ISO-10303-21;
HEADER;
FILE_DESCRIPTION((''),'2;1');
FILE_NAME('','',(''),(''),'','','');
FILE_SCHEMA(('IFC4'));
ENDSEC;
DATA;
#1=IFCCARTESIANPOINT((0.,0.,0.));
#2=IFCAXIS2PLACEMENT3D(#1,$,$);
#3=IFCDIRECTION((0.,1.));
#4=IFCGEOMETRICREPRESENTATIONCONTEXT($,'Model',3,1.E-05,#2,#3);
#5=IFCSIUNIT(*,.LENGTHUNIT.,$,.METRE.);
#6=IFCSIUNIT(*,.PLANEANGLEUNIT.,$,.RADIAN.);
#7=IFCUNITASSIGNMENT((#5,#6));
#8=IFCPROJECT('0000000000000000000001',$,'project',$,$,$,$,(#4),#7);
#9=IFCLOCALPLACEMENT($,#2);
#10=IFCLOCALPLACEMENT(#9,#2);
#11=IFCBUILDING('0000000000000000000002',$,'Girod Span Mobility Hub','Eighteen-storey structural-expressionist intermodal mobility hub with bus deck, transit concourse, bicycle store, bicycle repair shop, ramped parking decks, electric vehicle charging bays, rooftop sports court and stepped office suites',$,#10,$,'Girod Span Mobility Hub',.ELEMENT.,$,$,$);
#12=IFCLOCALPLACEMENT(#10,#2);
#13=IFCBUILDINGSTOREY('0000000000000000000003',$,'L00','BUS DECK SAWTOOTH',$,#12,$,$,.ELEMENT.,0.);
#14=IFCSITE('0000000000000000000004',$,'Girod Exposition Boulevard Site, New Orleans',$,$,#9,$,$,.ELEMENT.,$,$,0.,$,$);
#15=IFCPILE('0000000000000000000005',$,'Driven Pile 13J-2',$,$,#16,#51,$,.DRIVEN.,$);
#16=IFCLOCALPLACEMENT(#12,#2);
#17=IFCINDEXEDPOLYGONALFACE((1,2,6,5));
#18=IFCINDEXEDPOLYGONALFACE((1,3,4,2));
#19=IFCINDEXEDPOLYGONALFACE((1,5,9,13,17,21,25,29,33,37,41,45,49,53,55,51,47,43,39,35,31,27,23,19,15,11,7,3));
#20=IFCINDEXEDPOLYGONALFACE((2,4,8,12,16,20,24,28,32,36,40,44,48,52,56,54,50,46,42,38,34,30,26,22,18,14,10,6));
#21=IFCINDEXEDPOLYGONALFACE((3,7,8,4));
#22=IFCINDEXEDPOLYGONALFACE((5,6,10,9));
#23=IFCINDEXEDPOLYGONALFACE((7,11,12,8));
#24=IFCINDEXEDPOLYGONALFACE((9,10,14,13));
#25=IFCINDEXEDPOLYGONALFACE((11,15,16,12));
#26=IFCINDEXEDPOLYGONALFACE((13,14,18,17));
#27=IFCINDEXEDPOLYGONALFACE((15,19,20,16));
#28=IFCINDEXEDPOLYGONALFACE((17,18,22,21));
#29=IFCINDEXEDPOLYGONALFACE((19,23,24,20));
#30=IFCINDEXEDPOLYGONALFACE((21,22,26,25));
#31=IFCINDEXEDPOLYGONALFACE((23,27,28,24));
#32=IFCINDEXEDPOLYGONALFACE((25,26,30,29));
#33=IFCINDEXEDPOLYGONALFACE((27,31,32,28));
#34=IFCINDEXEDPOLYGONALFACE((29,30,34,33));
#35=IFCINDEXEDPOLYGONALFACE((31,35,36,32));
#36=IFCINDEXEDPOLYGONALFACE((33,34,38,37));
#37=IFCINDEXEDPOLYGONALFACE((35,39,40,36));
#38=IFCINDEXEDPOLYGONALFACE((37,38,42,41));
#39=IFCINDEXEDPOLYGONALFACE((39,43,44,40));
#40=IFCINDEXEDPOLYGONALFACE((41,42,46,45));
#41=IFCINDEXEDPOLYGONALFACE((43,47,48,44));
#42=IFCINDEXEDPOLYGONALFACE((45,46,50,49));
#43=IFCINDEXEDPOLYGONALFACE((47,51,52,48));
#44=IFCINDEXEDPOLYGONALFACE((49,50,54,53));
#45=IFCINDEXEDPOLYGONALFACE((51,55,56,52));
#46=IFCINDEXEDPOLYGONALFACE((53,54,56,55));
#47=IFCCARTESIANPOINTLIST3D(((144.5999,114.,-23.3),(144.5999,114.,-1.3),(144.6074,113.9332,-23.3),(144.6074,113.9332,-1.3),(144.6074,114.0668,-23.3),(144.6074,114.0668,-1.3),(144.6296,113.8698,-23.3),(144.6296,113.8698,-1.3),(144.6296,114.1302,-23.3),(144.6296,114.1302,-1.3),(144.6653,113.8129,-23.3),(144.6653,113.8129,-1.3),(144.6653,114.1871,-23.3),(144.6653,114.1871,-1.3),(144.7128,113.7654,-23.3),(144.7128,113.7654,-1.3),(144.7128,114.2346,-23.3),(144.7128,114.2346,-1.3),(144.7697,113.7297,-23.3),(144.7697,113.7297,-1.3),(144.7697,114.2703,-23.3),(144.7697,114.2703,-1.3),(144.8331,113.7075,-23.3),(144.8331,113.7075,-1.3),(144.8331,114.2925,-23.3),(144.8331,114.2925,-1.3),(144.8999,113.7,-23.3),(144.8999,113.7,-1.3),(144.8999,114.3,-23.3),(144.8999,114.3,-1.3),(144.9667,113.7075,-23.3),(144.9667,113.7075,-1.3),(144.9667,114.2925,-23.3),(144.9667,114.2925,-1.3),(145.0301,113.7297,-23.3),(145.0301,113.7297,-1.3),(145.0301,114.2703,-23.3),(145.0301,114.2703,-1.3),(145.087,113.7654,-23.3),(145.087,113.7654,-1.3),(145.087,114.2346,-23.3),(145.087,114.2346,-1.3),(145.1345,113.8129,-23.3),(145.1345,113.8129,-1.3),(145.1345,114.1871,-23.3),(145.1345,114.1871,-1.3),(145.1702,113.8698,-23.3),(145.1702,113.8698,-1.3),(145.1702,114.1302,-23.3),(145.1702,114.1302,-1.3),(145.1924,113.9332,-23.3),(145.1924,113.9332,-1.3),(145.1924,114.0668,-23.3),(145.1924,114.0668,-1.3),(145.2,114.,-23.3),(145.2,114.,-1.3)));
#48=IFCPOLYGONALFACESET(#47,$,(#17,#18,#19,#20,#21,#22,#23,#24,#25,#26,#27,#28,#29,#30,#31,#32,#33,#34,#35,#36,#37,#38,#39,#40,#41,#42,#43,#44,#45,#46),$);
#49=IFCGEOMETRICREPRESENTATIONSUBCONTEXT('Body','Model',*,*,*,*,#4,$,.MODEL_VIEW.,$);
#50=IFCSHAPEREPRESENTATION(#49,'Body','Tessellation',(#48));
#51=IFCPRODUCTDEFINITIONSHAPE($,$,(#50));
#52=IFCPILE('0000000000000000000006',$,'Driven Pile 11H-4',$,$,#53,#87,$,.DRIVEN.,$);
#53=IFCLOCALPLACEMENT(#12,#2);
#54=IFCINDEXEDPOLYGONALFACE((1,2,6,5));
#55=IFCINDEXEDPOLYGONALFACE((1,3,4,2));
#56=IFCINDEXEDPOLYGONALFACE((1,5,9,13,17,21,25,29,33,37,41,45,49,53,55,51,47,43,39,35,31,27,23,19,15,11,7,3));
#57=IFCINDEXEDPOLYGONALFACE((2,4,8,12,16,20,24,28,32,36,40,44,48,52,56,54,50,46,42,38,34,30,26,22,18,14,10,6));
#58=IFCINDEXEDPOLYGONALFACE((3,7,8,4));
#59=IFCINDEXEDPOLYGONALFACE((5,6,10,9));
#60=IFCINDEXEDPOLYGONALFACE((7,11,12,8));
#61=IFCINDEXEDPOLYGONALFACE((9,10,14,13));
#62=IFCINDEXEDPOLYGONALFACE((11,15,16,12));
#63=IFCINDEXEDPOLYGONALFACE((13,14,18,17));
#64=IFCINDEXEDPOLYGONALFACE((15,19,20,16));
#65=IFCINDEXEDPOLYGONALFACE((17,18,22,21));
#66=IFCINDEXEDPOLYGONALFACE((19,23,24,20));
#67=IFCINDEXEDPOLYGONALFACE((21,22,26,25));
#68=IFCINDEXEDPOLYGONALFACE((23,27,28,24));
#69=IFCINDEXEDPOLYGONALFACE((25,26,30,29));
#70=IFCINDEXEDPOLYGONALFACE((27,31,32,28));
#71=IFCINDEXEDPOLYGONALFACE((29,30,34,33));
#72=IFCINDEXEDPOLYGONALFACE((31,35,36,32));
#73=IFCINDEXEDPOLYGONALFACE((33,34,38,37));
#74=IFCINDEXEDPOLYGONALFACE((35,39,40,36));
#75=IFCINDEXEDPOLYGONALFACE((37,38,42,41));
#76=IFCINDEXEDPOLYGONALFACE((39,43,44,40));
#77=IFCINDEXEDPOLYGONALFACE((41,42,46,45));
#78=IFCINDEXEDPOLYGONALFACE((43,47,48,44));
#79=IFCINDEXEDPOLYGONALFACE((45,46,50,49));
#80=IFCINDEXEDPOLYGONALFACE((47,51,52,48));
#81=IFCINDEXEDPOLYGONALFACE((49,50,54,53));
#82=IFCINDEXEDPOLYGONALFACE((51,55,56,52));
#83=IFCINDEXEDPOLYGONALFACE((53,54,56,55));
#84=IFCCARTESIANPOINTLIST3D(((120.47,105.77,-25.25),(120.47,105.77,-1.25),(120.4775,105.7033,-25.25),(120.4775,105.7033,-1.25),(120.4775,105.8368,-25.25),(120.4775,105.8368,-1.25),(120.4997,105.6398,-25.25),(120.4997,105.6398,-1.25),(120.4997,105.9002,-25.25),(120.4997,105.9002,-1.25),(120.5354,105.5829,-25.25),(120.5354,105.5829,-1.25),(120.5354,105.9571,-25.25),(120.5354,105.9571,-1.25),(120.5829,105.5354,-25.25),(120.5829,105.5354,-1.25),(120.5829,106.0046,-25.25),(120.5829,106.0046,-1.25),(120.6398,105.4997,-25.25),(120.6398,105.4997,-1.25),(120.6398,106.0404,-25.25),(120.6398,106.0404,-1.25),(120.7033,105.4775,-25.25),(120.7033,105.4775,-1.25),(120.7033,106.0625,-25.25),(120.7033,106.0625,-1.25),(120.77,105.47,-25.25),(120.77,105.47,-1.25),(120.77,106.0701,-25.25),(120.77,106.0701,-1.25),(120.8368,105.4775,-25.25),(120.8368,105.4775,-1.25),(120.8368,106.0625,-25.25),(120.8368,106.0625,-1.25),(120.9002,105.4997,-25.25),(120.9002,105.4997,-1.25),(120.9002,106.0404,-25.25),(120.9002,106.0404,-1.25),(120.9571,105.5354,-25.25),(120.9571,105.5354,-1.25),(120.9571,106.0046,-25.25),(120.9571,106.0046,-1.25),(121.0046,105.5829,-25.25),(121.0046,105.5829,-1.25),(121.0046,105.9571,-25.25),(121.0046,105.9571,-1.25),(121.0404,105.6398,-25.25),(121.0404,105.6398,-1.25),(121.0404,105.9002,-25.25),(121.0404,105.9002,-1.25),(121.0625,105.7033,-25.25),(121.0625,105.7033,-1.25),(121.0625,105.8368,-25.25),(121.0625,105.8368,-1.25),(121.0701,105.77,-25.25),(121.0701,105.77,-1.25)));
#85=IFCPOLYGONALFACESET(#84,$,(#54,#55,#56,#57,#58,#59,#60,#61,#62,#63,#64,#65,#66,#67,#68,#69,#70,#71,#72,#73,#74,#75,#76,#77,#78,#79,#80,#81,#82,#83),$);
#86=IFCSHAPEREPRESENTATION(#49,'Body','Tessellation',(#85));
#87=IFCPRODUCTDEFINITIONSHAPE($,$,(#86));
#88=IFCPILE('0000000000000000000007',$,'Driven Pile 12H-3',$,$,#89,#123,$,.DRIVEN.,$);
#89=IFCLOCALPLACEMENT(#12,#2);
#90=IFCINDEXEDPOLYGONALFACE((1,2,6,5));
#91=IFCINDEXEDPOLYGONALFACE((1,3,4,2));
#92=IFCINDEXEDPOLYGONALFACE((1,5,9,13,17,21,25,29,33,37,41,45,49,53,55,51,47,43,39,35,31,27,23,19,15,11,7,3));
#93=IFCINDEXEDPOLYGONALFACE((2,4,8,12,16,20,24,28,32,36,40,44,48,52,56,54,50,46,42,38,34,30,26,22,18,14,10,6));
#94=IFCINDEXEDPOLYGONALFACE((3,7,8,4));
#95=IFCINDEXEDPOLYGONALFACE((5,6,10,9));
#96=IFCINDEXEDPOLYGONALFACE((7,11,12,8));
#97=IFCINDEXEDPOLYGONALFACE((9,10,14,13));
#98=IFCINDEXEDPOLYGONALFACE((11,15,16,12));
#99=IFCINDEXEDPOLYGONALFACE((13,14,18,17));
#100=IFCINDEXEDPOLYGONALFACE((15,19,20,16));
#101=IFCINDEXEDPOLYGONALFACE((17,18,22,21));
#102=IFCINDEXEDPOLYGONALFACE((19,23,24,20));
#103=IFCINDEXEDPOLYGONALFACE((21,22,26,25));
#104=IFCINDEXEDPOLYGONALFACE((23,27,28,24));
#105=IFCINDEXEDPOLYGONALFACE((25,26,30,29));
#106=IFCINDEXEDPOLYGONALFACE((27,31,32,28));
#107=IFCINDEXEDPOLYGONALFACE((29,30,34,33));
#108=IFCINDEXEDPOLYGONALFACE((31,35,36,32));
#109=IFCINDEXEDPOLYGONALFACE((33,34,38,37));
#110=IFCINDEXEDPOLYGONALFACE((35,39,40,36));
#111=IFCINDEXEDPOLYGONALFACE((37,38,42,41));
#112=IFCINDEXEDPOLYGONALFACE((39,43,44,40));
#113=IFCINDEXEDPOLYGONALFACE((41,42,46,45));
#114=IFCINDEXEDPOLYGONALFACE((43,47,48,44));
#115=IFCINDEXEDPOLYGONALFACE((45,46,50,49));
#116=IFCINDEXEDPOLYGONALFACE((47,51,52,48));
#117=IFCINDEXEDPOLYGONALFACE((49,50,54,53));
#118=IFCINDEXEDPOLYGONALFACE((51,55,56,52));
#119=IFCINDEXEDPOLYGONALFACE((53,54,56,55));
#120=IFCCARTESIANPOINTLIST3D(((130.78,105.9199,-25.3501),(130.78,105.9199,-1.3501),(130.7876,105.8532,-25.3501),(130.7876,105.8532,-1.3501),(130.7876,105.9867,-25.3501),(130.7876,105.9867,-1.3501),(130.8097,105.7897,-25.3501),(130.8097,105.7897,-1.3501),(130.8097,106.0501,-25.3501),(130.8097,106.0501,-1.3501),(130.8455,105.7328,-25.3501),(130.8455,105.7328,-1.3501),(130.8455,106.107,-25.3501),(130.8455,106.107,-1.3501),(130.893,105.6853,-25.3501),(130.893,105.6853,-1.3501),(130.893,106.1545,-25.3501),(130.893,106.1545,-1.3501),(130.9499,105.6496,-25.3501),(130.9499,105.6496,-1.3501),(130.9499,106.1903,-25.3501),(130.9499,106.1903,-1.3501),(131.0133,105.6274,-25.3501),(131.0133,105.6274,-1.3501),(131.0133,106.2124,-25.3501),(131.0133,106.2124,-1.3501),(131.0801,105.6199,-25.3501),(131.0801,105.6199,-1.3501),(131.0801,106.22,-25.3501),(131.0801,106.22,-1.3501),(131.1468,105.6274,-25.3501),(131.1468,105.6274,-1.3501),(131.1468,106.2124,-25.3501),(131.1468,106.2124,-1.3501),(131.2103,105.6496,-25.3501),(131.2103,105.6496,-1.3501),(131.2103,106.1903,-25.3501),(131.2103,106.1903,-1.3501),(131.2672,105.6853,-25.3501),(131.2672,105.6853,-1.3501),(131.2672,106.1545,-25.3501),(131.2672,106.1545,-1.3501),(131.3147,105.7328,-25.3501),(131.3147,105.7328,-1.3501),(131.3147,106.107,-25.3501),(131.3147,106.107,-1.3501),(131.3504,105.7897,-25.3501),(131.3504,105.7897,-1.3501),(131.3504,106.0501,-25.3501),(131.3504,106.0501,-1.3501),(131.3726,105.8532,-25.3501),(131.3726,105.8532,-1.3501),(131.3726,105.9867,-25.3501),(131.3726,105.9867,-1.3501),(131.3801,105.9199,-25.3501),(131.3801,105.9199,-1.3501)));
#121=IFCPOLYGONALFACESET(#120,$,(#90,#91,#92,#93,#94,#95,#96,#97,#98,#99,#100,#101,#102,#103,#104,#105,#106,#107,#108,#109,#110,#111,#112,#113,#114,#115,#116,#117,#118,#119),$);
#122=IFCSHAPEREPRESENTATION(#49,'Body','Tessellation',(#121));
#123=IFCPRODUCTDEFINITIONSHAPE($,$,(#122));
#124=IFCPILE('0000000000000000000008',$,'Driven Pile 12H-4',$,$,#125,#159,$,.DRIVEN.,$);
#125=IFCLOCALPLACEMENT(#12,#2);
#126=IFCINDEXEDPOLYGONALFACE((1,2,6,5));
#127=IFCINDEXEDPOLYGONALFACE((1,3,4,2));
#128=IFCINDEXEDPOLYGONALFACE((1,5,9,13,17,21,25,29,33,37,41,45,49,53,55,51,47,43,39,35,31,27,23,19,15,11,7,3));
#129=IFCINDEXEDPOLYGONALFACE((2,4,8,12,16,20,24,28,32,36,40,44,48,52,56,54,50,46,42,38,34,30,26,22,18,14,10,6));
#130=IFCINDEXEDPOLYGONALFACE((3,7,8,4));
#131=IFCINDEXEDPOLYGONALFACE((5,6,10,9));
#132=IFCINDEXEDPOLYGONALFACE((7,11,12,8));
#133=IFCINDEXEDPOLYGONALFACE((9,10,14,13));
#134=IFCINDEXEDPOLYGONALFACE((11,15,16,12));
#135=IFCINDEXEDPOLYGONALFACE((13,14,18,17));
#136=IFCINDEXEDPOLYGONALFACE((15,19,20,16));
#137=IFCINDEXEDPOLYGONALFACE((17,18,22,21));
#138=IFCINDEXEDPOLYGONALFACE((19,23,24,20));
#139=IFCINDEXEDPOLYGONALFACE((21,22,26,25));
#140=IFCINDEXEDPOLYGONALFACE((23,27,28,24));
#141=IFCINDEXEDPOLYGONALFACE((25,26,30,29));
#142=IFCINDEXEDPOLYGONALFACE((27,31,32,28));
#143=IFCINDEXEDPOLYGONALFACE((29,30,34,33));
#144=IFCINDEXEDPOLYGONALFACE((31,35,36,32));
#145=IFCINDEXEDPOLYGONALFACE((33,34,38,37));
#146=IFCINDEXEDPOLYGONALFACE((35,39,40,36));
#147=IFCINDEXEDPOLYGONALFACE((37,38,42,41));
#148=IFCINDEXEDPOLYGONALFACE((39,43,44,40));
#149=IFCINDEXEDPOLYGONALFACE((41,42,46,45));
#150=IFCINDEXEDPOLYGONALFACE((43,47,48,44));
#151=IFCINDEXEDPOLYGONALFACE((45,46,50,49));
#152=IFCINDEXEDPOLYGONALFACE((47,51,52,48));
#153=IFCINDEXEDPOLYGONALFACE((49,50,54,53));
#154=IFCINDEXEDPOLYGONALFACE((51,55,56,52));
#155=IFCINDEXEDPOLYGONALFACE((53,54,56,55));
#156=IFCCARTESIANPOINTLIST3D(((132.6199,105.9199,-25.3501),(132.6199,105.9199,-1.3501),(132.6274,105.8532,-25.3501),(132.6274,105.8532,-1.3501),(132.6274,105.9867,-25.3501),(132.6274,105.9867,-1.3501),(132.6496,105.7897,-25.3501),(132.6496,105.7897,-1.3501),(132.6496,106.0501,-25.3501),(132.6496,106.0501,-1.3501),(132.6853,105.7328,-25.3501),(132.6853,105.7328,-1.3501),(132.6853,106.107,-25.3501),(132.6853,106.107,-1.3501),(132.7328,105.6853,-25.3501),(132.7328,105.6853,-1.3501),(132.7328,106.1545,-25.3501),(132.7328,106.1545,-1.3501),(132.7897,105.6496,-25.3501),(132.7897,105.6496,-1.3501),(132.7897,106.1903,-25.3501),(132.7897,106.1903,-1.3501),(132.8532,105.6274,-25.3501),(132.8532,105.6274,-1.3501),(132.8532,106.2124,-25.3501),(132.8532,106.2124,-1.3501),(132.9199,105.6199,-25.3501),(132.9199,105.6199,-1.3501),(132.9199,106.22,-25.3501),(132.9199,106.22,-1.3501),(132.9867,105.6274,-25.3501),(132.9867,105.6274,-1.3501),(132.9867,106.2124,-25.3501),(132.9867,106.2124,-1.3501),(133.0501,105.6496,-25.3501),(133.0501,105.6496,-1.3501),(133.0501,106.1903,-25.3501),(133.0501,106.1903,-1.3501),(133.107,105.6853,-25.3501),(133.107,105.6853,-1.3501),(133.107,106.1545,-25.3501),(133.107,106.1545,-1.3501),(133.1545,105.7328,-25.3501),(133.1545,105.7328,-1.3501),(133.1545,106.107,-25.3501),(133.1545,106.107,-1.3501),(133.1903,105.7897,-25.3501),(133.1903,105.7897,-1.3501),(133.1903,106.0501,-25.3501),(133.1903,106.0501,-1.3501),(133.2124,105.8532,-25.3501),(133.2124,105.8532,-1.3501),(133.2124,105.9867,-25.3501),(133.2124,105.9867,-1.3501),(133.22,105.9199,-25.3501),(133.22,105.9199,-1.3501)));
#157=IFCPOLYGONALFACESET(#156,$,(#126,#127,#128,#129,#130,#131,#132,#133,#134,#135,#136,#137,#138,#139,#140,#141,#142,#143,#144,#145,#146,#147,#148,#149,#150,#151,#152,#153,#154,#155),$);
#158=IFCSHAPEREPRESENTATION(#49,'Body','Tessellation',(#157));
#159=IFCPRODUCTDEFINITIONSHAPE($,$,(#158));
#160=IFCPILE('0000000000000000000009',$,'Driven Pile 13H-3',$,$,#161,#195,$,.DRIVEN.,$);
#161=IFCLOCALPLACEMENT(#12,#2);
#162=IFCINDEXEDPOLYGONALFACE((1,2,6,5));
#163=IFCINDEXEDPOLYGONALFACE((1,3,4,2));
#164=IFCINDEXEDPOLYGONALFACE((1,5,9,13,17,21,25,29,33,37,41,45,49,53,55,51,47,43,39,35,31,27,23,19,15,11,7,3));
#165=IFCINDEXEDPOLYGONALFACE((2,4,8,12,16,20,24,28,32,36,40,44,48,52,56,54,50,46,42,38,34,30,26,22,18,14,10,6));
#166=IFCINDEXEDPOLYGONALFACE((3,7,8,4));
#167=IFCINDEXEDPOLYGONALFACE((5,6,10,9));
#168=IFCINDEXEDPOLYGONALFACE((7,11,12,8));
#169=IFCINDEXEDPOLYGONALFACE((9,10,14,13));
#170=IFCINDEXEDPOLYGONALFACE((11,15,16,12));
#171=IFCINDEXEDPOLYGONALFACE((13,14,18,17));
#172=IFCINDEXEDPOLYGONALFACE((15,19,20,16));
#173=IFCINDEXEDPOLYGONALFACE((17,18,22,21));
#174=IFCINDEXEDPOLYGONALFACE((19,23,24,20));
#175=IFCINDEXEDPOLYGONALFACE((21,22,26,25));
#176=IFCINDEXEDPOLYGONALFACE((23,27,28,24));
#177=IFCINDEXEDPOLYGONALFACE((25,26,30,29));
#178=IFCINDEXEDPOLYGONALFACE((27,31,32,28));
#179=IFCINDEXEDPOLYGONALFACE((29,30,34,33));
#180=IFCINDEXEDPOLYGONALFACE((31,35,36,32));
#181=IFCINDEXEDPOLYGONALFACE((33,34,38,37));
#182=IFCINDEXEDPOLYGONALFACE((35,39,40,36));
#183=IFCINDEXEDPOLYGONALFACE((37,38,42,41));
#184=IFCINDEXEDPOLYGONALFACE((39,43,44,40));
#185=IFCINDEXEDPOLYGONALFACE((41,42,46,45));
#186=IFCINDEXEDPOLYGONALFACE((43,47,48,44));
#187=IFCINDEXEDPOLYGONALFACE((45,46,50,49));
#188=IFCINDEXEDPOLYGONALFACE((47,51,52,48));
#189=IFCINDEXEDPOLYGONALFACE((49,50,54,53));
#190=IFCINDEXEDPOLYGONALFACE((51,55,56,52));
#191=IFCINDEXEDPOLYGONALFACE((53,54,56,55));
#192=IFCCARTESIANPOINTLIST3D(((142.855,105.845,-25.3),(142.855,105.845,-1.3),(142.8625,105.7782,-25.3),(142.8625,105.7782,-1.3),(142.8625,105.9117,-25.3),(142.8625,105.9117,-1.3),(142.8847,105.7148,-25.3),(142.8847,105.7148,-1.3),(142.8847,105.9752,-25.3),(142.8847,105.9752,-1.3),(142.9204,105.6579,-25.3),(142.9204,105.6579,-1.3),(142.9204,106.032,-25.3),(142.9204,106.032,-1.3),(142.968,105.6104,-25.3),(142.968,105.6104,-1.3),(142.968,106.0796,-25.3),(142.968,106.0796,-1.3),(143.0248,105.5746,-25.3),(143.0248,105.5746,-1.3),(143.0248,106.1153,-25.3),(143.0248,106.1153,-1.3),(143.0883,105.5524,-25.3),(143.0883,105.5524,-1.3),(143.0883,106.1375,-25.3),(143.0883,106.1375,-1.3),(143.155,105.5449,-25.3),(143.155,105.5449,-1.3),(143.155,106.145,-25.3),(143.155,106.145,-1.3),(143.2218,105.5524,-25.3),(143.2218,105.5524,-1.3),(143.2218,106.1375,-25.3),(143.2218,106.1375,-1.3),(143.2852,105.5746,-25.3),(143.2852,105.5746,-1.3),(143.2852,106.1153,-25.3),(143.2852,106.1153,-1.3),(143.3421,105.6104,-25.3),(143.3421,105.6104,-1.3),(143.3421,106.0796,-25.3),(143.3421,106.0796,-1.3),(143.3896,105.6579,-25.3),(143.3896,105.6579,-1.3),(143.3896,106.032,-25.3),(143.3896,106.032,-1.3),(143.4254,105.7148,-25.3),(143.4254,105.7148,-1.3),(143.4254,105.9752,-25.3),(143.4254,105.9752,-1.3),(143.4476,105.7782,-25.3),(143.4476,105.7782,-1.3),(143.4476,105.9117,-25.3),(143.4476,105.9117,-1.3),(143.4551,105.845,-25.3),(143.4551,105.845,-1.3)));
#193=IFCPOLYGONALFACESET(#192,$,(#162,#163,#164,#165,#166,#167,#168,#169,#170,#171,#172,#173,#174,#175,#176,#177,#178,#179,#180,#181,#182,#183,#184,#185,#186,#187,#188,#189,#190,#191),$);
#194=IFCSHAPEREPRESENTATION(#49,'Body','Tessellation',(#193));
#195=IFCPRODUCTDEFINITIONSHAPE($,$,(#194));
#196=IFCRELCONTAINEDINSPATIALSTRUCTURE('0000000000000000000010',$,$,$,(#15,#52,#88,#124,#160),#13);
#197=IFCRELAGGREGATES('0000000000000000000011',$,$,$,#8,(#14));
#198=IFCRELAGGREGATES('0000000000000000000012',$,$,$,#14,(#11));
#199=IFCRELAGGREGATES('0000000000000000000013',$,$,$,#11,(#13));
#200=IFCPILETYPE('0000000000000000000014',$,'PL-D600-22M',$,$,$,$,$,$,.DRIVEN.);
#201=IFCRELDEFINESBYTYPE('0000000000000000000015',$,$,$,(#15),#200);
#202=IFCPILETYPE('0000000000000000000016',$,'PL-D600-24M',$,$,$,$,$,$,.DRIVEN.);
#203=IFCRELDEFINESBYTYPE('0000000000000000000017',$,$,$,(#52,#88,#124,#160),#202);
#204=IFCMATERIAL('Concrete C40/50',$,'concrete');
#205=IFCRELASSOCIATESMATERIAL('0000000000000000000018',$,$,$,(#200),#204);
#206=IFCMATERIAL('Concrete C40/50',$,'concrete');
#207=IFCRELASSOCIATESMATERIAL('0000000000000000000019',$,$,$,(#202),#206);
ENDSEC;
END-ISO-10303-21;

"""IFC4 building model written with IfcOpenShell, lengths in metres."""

from ifc_helpers import new_model, si_unit, direction, frame, origin, origin_2d, place, context, subcontext, project, spatial, circle, extrude, material, material_profile, profile_set, type_object, element, save


model = new_model("IFC4")

# Units and contexts
model_context = context("Model", 3, precision=1e-05, world=origin(), true_north=direction((0.0, 1.0)))
body_context = subcontext(model_context, "Body", "Model", "MODEL_VIEW")
ifc_project = project(units=[si_unit("LENGTHUNIT", "METRE"), si_unit("PLANEANGLEUNIT", "RADIAN")], contexts=[model_context])

# Site, building, storey
site_placement = place(None, origin())
site = spatial("IfcSite", under=ifc_project, at=site_placement, Name="Girod Exposition Boulevard Site, New Orleans", CompositionType="ELEMENT", RefElevation=0.0)
building_placement = place(site_placement, origin())
building = spatial("IfcBuilding", under=site, at=building_placement, Name="Girod Span Mobility Hub", Description="Eighteen-storey structural-expressionist intermodal mobility hub with bus deck, transit concourse, bicycle store, bicycle repair shop, ramped parking decks, electric vehicle charging bays, rooftop sports court and stepped office suites", LongName="Girod Span Mobility Hub", CompositionType="ELEMENT")
storey_placement = place(building_placement, origin())
storey = spatial("IfcBuildingStorey", under=building, at=storey_placement, Name="L00", Description="BUS DECK SAWTOOTH", CompositionType="ELEMENT", Elevation=0.0)

# Piles
ifc_material_1 = material(Name="Concrete C40/50", Category="concrete")
ifc_material_profile_1 = material_profile(ifc_material_1, circle(Radius=0.3, at=origin_2d()), Name="PILE-D600")
ifc_profile_set_1 = profile_set([ifc_material_profile_1], Name="Concrete C40/50")
pile_type_1 = type_object("IfcPileType", Name="PL-D600-22M", PredefinedType="DRIVEN", material=ifc_profile_set_1)
for number, where, z_axis, x_axis, name in (
    (1, (144.8999, 114.0, -1.3), (0.0, 0.0, -1.0), (1.0, 0.0, 0.0), "Driven Pile 13J-2"),
):
    element("IfcPile", number, at=place(storey_placement, frame(where, z_axis=z_axis, x_axis=x_axis)), inside=storey, type_object=pile_type_1, Name=name, PredefinedType="DRIVEN", context=body_context, shape_type="SweptSolid", body=[
        extrude(circle(Radius=0.3, at=origin_2d()), origin(), (0.0, 0.0, 1.0), 22.0),
    ])
ifc_material_2 = material(Name="Concrete C40/50", Category="concrete")
ifc_material_profile_2 = material_profile(ifc_material_2, circle(Radius=0.3, at=origin_2d()), Name="PILE-D600")
ifc_profile_set_2 = profile_set([ifc_material_profile_2], Name="Concrete C40/50")
pile_type_2 = type_object("IfcPileType", Name="PL-D600-24M", PredefinedType="DRIVEN", material=ifc_profile_set_2)
for number, where, z_axis, x_axis, name in (
    (2, (120.77, 105.77, -1.25), (0.0, 0.0, -1.0), (1.0, 0.0, 0.0), "Driven Pile 11H-4"),
    (3, (131.0801, 105.9199, -1.3501), (0.0, 0.0, -1.0), (1.0, 0.0, 0.0), "Driven Pile 12H-3"),
    (4, (132.9199, 105.9199, -1.3501), (0.0, 0.0, -1.0), (1.0, 0.0, 0.0), "Driven Pile 12H-4"),
    (5, (143.155, 105.845, -1.3), (0.0, 0.0, -1.0), (1.0, 0.0, 0.0), "Driven Pile 13H-3"),
):
    element("IfcPile", number, at=place(storey_placement, frame(where, z_axis=z_axis, x_axis=x_axis)), inside=storey, type_object=pile_type_2, Name=name, PredefinedType="DRIVEN", context=body_context, shape_type="SweptSolid", body=[
        extrude(circle(Radius=0.3, at=origin_2d()), origin(), (0.0, 0.0, 1.0), 24.0),
    ])

save(model, "model.ifc")
